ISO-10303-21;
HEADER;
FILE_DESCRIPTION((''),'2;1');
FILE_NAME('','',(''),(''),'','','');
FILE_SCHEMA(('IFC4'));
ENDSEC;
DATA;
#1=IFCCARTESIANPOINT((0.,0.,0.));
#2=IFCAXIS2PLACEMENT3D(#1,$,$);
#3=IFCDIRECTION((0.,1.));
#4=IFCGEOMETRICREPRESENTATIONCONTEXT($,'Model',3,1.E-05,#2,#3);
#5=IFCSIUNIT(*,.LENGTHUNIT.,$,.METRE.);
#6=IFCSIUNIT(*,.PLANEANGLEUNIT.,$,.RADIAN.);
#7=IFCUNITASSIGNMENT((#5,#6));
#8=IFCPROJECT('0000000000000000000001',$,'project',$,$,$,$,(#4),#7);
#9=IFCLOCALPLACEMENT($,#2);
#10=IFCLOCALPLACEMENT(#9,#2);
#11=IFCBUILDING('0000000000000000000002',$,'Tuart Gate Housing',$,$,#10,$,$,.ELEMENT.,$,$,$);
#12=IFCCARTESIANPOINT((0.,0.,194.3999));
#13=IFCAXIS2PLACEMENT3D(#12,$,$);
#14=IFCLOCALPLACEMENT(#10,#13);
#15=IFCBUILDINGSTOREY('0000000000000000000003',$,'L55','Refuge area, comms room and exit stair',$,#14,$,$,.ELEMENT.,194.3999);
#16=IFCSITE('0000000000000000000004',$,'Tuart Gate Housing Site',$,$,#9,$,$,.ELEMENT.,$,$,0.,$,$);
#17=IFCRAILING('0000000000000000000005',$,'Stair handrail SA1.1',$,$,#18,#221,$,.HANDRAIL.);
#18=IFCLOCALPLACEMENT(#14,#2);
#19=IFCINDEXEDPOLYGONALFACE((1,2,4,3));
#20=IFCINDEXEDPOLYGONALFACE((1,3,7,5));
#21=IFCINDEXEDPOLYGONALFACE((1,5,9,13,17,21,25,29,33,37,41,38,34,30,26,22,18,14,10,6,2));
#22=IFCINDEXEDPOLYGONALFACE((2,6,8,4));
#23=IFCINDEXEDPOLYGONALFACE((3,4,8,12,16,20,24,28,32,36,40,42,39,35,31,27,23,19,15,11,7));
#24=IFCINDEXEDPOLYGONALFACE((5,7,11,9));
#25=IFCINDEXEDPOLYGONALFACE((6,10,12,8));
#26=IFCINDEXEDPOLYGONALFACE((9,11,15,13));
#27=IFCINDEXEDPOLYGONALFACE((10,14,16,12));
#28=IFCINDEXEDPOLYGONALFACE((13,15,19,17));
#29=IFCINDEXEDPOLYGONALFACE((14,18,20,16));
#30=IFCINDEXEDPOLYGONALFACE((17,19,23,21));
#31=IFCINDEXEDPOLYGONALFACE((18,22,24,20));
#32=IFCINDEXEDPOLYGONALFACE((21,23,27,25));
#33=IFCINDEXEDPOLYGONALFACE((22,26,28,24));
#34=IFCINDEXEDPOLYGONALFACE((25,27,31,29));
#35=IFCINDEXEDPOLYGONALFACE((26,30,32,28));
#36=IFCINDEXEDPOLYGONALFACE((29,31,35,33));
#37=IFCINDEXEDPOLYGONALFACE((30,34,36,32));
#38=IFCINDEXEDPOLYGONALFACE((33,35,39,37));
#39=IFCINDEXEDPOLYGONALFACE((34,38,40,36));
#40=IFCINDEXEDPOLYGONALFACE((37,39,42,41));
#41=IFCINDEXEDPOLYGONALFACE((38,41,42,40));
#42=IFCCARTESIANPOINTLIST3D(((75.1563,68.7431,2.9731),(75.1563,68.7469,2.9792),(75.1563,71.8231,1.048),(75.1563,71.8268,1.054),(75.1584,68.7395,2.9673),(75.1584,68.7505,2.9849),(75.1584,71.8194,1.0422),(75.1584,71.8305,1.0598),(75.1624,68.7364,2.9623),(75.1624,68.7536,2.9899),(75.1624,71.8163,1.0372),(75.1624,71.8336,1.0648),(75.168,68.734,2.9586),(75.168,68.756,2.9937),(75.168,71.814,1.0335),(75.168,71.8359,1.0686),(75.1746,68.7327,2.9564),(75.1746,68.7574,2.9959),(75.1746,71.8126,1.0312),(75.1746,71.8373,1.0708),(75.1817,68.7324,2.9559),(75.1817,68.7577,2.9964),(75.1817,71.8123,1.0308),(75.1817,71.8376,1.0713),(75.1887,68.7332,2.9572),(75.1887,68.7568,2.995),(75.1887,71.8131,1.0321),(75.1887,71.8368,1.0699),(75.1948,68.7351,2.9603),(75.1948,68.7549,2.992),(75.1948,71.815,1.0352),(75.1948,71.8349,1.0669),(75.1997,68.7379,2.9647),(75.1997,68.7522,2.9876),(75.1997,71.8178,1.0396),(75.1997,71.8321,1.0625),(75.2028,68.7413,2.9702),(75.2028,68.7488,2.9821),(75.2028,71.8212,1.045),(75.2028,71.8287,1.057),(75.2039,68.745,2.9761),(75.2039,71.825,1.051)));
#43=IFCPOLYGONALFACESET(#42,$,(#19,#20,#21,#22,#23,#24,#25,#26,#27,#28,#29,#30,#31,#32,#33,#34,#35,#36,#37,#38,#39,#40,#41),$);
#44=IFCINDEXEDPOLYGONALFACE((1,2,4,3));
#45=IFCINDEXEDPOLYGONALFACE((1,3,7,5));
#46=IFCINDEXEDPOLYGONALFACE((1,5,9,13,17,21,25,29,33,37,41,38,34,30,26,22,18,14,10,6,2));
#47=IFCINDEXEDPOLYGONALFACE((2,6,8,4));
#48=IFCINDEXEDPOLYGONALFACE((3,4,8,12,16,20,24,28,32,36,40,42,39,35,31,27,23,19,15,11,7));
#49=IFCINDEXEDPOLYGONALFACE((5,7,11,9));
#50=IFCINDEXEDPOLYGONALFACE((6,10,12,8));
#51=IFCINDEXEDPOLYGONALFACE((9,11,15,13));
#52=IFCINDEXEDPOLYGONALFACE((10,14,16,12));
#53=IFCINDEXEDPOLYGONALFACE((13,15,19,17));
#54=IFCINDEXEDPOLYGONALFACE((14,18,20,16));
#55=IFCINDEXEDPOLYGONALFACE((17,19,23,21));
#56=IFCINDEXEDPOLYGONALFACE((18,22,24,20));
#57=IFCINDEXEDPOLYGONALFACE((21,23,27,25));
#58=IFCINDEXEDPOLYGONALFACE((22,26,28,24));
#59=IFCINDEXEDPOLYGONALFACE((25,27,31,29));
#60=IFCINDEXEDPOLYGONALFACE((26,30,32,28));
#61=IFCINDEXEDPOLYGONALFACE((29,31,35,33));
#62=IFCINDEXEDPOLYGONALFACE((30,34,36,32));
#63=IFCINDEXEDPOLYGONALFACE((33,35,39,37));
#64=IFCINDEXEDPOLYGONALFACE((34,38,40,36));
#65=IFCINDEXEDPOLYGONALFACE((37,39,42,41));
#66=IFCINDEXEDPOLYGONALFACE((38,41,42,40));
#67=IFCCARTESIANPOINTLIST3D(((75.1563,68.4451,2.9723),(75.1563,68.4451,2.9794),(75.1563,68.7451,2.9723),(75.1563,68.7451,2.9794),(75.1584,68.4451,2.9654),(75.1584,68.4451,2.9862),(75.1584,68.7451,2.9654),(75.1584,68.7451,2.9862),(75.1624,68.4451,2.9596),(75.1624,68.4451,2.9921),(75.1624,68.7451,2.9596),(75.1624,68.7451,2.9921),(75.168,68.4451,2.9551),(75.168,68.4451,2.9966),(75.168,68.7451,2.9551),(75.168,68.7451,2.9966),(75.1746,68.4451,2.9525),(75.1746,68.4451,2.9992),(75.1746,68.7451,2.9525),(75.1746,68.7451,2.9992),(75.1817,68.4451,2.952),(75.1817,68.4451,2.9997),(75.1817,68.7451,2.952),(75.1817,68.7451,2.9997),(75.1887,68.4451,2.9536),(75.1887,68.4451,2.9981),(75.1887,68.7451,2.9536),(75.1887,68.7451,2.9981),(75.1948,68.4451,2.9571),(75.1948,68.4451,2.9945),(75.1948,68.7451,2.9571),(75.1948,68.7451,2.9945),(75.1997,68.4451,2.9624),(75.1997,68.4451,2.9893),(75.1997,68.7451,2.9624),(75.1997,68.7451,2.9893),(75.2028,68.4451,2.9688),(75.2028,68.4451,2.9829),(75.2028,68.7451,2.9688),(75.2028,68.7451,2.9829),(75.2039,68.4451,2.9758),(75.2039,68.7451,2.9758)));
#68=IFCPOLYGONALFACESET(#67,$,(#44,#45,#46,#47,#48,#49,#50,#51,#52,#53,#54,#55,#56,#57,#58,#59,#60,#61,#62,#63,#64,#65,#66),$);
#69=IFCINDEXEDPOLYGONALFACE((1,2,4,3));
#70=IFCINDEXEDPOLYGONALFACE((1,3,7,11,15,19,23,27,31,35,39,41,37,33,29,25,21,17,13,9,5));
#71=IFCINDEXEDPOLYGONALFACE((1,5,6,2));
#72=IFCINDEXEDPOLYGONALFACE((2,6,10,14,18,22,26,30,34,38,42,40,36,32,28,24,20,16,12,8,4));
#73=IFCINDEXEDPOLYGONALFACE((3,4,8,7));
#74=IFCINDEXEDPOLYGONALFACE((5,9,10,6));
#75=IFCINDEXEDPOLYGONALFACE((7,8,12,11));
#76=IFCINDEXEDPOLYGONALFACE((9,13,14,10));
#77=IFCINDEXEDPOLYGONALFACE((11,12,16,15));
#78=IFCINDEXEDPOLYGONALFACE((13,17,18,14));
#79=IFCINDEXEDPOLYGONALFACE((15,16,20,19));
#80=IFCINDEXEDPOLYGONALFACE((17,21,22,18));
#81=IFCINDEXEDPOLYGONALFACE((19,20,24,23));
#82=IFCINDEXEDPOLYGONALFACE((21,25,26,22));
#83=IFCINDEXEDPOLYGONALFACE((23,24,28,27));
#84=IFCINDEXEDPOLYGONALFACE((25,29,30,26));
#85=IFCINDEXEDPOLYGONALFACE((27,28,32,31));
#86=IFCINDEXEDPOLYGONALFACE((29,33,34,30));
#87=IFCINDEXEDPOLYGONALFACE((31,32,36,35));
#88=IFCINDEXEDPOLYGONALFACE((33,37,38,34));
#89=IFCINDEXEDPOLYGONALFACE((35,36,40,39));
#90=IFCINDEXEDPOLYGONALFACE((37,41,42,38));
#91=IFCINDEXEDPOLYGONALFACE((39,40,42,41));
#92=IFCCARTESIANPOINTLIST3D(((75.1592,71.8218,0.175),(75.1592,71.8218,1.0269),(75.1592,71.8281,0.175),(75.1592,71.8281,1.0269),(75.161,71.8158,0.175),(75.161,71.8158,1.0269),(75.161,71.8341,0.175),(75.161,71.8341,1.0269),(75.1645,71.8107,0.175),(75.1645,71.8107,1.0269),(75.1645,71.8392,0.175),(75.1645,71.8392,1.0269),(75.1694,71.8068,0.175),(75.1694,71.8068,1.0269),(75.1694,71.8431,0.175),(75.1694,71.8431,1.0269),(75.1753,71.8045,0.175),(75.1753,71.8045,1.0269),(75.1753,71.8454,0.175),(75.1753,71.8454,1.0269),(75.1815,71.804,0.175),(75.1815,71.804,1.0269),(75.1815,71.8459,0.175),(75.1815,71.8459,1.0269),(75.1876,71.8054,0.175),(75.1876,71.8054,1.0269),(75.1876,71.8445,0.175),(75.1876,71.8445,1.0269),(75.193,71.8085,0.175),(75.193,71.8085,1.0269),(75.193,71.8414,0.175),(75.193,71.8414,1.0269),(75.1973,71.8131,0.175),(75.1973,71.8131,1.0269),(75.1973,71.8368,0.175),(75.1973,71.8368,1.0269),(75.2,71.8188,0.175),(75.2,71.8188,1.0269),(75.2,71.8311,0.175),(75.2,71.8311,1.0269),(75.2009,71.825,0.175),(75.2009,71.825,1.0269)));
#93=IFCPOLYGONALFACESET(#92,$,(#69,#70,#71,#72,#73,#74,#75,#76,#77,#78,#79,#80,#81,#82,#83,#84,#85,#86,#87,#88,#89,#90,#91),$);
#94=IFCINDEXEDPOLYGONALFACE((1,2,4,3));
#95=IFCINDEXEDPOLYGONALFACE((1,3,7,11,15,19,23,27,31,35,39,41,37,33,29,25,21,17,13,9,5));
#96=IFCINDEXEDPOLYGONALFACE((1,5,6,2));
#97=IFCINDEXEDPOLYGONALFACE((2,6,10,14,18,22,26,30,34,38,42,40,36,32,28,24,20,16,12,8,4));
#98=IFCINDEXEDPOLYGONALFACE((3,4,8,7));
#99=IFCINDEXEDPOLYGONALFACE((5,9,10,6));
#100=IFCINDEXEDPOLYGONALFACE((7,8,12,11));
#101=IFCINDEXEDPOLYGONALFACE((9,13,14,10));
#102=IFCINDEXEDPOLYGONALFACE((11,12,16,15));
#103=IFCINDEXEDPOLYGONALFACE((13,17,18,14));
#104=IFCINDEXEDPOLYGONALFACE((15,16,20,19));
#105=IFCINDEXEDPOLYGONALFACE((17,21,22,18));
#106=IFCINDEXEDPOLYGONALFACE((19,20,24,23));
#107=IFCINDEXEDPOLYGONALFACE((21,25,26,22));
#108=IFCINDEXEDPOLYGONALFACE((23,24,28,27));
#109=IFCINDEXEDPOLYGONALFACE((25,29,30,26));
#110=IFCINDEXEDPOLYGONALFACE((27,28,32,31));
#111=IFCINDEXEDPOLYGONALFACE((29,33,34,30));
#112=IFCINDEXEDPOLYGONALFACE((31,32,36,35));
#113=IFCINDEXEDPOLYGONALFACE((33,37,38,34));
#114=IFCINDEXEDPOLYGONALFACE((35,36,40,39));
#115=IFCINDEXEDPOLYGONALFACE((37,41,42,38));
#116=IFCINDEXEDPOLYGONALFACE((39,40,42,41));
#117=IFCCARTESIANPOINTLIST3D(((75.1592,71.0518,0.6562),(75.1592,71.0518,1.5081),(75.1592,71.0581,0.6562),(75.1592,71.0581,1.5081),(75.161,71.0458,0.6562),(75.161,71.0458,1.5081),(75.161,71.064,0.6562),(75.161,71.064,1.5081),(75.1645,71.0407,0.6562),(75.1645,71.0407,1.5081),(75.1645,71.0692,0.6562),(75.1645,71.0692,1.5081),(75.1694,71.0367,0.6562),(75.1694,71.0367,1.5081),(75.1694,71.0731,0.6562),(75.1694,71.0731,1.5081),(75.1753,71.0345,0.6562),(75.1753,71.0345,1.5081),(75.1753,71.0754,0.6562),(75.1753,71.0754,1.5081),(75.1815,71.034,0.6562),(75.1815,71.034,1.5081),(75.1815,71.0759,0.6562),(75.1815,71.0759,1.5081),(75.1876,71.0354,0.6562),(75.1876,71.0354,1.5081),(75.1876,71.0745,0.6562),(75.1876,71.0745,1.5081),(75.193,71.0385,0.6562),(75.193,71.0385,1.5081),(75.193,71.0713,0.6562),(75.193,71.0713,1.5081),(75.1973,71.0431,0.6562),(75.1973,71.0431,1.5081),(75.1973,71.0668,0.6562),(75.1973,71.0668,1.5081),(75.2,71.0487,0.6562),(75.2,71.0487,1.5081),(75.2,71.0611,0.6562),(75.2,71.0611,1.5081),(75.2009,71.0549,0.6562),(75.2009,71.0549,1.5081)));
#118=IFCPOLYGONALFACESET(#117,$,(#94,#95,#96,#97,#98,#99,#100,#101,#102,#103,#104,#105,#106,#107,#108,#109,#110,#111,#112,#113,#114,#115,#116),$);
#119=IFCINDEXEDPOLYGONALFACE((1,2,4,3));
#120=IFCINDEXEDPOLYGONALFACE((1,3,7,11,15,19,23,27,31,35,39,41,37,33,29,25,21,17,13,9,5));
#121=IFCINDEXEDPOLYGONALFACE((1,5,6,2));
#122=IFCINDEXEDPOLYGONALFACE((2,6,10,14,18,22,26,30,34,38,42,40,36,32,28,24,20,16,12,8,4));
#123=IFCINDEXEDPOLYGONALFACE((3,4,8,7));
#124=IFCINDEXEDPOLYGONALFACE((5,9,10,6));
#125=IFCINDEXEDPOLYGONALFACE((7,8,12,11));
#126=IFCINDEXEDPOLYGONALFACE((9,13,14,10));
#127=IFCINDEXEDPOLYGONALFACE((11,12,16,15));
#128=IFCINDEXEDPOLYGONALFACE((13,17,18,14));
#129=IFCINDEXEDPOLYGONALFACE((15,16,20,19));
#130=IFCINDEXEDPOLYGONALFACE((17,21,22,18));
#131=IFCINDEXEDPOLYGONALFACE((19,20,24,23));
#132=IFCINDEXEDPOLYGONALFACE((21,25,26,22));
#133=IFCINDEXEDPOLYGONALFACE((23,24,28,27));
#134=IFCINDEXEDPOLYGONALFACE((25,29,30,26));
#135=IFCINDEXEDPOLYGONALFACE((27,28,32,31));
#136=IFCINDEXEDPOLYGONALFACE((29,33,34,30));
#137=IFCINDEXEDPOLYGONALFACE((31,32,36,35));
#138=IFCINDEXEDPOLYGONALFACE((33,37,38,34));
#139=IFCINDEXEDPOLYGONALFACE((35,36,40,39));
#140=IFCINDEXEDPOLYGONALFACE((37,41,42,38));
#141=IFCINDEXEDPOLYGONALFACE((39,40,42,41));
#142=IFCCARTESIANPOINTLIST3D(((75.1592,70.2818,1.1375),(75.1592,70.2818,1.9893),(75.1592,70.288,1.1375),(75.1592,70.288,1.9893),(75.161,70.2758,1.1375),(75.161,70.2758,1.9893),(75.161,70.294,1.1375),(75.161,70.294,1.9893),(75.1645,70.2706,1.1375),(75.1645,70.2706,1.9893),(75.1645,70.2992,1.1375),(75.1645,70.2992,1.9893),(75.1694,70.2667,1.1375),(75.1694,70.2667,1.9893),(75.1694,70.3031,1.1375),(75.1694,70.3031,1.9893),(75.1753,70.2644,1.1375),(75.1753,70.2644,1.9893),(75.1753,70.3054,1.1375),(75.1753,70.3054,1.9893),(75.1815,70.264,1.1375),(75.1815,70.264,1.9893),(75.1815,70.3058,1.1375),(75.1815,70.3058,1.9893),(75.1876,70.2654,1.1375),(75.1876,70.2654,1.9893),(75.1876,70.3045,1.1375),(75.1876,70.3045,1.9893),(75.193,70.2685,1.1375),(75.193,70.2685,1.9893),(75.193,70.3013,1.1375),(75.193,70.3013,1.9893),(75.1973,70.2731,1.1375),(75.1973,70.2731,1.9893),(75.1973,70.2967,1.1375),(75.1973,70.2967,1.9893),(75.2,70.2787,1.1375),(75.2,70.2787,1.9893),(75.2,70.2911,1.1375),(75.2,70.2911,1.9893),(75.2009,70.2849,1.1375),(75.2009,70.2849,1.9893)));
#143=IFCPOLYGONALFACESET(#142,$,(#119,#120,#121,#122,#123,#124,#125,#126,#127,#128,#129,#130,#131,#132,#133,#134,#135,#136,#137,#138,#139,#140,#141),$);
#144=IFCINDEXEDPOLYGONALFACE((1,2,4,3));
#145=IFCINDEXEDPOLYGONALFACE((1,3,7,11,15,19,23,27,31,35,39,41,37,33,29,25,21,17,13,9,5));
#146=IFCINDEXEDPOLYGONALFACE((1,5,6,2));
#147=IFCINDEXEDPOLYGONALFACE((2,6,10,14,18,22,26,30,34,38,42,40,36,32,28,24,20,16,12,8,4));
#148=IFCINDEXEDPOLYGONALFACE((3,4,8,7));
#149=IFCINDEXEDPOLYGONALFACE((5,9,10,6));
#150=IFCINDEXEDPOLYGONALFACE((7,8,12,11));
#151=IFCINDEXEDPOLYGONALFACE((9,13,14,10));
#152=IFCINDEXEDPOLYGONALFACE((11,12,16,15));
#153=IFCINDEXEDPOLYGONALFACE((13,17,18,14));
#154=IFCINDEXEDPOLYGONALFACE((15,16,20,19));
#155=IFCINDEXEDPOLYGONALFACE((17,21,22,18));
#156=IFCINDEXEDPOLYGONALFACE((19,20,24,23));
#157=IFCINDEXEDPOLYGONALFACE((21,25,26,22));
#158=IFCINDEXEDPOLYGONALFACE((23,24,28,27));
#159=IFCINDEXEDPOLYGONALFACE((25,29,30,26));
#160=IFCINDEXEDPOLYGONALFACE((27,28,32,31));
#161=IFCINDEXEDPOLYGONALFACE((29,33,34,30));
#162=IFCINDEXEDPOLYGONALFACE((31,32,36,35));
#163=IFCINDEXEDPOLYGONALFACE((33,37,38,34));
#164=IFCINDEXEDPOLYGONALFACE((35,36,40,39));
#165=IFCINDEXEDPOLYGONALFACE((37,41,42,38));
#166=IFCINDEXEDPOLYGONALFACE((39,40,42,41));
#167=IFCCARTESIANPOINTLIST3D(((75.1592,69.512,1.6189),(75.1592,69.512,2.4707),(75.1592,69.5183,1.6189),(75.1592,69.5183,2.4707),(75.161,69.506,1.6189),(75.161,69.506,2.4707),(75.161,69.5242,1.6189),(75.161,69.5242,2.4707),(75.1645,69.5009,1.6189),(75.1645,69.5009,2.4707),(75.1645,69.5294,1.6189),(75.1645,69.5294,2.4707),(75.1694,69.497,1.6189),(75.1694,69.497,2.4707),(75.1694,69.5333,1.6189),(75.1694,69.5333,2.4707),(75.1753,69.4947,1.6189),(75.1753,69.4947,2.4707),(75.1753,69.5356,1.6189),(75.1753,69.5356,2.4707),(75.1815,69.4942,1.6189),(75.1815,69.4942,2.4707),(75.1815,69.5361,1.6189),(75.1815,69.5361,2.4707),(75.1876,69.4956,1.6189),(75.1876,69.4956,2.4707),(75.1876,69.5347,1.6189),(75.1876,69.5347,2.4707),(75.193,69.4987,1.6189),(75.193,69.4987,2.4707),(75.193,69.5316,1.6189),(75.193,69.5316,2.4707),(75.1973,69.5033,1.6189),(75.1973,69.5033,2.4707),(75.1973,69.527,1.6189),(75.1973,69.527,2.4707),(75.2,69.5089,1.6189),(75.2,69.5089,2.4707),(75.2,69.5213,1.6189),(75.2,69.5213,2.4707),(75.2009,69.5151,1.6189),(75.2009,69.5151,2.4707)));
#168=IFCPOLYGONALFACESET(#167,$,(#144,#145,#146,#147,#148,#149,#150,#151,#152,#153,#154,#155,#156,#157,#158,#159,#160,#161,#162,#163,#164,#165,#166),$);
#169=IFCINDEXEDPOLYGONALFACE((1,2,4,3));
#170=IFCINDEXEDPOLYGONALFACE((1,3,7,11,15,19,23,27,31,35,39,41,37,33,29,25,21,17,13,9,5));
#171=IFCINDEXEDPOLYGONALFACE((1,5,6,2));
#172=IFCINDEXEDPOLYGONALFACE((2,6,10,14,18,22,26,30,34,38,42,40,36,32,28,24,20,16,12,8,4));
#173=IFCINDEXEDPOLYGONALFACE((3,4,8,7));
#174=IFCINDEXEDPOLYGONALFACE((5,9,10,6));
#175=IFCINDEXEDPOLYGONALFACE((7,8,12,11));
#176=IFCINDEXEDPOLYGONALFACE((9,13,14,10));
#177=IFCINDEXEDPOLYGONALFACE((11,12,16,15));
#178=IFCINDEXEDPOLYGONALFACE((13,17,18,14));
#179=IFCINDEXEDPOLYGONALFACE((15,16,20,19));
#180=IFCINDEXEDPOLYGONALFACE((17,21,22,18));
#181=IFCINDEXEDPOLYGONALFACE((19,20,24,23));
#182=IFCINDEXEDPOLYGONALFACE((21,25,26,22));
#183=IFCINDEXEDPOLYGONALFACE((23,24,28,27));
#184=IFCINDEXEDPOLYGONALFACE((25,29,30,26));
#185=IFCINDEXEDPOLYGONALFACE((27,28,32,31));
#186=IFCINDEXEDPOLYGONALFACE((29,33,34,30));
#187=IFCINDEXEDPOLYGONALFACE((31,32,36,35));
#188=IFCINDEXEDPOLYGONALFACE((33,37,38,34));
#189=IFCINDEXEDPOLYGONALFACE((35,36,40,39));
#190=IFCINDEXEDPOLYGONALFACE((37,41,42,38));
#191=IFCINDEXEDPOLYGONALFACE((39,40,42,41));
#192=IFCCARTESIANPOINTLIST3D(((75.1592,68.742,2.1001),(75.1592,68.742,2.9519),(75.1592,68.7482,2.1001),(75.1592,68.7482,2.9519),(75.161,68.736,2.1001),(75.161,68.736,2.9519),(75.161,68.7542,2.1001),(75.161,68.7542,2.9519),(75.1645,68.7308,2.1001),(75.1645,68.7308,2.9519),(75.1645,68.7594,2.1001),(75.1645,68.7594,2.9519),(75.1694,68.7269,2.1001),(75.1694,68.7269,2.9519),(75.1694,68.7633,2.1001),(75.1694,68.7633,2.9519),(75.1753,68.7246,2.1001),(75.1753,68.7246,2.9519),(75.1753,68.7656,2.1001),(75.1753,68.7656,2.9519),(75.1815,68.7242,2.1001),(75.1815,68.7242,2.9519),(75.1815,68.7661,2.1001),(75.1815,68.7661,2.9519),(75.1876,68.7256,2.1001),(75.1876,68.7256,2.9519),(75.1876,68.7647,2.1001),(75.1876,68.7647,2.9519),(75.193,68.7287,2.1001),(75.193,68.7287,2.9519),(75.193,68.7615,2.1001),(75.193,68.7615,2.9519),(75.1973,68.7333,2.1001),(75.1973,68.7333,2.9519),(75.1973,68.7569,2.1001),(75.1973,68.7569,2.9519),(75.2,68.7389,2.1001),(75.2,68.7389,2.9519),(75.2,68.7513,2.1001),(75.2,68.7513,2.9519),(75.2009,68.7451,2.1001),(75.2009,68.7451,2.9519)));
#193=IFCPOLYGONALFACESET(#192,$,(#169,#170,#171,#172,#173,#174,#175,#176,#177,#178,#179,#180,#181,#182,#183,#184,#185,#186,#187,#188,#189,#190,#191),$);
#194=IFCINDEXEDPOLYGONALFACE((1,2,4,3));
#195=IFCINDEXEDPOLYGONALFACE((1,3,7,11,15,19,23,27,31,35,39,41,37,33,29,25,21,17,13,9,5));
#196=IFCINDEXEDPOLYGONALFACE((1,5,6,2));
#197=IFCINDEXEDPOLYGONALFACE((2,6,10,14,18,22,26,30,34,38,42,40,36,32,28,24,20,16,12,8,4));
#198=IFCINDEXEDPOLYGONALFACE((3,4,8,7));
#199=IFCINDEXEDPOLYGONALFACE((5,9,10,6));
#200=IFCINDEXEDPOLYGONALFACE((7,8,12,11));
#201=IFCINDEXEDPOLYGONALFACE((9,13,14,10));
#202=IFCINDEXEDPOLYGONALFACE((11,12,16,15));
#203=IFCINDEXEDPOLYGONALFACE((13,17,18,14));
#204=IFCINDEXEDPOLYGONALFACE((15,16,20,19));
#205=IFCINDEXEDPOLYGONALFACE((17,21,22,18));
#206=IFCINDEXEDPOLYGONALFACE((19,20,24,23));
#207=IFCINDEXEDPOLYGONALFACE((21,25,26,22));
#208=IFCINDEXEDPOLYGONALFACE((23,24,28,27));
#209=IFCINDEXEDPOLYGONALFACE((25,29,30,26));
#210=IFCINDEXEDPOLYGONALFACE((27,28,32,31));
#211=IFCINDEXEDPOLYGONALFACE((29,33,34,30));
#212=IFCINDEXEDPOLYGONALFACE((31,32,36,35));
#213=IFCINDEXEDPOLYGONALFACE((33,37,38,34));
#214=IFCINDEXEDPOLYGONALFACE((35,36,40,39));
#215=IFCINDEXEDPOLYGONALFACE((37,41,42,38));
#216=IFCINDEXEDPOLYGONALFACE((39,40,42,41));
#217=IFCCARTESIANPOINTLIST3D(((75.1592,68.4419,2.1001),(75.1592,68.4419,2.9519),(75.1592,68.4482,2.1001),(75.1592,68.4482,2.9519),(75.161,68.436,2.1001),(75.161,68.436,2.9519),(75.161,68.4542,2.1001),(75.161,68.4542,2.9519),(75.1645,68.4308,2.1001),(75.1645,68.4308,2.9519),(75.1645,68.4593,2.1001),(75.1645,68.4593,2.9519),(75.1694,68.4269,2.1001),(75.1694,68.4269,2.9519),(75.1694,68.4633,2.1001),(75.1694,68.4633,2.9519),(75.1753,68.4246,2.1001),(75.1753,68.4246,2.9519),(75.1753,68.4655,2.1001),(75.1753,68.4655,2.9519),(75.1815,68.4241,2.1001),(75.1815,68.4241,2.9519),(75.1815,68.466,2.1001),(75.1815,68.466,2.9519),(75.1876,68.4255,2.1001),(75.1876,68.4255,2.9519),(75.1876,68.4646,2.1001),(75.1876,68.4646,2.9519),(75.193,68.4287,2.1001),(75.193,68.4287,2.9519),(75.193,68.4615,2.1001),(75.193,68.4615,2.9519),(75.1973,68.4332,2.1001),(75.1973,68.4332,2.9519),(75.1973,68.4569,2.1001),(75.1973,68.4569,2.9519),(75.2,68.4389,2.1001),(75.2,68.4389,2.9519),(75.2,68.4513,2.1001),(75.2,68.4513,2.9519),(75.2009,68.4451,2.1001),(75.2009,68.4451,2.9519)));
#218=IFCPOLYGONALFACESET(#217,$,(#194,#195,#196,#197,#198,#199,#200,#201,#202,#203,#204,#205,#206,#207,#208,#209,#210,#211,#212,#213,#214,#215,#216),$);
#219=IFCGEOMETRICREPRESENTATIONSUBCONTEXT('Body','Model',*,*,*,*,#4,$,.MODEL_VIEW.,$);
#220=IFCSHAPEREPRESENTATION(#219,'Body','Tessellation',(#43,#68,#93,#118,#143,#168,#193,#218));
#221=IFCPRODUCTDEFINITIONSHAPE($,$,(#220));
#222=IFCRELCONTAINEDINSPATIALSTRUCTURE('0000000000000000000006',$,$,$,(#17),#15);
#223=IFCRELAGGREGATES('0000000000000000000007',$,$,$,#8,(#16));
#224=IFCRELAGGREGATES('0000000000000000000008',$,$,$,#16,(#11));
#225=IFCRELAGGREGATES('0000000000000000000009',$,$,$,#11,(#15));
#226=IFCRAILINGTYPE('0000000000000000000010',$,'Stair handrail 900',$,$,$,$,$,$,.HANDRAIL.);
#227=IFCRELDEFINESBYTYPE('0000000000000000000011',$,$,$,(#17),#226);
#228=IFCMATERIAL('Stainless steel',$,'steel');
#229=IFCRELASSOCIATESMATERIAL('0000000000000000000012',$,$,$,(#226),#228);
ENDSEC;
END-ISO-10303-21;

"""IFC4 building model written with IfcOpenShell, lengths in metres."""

from ifc_helpers import new_model, si_unit, direction, frame, origin, origin_2d, place, context, subcontext, project, spatial, circle, extrude, material, type_object, element, save


model = new_model("IFC4")

# Units and contexts
model_context = context("Model", 3, precision=1e-05, world=origin(), true_north=direction((0.0, 1.0)))
body_context = subcontext(model_context, "Body", "Model", "MODEL_VIEW")
ifc_project = project(units=[si_unit("LENGTHUNIT", "METRE"), si_unit("PLANEANGLEUNIT", "RADIAN")], contexts=[model_context])

# Site, building, storey
site_placement = place(None, origin())
site = spatial("IfcSite", under=ifc_project, at=site_placement, Name="Tuart Gate Housing Site", CompositionType="ELEMENT", RefElevation=0.0)
building_placement = place(site_placement, origin())
building = spatial("IfcBuilding", under=site, at=building_placement, Name="Tuart Gate Housing", CompositionType="ELEMENT")
storey_placement = place(building_placement, frame((0.0, 0.0, 194.3999)))
storey = spatial("IfcBuildingStorey", under=building, at=storey_placement, Name="L55", Description="Refuge area, comms room and exit stair", CompositionType="ELEMENT", Elevation=194.3999)

# Railing
ifc_material_1 = material(Name="Stainless steel", Category="steel")
railing_type = type_object("IfcRailingType", Name="Stair handrail 900", PredefinedType="HANDRAIL", material=ifc_material_1)
railing_placement = place(storey_placement, frame((75.1799, 71.825, 0.175)))
element("IfcRailing", 1, at=railing_placement, inside=storey, type_object=railing_type, Name="Stair handrail SA1.1", PredefinedType="HANDRAIL", context=body_context, shape_type="SweptSolid", body=[
    extrude(circle(Radius=0.0239, at=origin_2d()), frame((0.0, 0.0, 0.876), z_axis=(0.0, -0.847979, 0.530029), x_axis=(1.0, 0.0, 0.0)), (0.0, 0.0, 1.0), 3.6321),
    extrude(circle(Radius=0.0239, at=origin_2d()), frame((0.0, -3.0798, 2.8008), z_axis=(0.0, -1.0, 0.0), x_axis=(1.0, 0.0, 0.0)), (0.0, 0.0, 1.0), 0.3),
    extrude(circle(Radius=0.021, at=origin_2d()), origin(), (0.0, 0.0, 1.0), 0.8518),
    extrude(circle(Radius=0.021, at=origin_2d()), frame((0.0, -0.77, 0.4812)), (0.0, 0.0, 1.0), 0.8518),
    extrude(circle(Radius=0.021, at=origin_2d()), frame((0.0, -1.54, 0.9624)), (0.0, 0.0, 1.0), 0.8518),
    extrude(circle(Radius=0.021, at=origin_2d()), frame((0.0, -2.3098, 1.4438)), (0.0, 0.0, 1.0), 0.8518),
    extrude(circle(Radius=0.021, at=origin_2d()), frame((0.0, -3.0798, 1.925)), (0.0, 0.0, 1.0), 0.8518),
    extrude(circle(Radius=0.021, at=origin_2d()), frame((0.0, -3.3799, 1.925)), (0.0, 0.0, 1.0), 0.8518),
])

save(model, "model.ifc")
